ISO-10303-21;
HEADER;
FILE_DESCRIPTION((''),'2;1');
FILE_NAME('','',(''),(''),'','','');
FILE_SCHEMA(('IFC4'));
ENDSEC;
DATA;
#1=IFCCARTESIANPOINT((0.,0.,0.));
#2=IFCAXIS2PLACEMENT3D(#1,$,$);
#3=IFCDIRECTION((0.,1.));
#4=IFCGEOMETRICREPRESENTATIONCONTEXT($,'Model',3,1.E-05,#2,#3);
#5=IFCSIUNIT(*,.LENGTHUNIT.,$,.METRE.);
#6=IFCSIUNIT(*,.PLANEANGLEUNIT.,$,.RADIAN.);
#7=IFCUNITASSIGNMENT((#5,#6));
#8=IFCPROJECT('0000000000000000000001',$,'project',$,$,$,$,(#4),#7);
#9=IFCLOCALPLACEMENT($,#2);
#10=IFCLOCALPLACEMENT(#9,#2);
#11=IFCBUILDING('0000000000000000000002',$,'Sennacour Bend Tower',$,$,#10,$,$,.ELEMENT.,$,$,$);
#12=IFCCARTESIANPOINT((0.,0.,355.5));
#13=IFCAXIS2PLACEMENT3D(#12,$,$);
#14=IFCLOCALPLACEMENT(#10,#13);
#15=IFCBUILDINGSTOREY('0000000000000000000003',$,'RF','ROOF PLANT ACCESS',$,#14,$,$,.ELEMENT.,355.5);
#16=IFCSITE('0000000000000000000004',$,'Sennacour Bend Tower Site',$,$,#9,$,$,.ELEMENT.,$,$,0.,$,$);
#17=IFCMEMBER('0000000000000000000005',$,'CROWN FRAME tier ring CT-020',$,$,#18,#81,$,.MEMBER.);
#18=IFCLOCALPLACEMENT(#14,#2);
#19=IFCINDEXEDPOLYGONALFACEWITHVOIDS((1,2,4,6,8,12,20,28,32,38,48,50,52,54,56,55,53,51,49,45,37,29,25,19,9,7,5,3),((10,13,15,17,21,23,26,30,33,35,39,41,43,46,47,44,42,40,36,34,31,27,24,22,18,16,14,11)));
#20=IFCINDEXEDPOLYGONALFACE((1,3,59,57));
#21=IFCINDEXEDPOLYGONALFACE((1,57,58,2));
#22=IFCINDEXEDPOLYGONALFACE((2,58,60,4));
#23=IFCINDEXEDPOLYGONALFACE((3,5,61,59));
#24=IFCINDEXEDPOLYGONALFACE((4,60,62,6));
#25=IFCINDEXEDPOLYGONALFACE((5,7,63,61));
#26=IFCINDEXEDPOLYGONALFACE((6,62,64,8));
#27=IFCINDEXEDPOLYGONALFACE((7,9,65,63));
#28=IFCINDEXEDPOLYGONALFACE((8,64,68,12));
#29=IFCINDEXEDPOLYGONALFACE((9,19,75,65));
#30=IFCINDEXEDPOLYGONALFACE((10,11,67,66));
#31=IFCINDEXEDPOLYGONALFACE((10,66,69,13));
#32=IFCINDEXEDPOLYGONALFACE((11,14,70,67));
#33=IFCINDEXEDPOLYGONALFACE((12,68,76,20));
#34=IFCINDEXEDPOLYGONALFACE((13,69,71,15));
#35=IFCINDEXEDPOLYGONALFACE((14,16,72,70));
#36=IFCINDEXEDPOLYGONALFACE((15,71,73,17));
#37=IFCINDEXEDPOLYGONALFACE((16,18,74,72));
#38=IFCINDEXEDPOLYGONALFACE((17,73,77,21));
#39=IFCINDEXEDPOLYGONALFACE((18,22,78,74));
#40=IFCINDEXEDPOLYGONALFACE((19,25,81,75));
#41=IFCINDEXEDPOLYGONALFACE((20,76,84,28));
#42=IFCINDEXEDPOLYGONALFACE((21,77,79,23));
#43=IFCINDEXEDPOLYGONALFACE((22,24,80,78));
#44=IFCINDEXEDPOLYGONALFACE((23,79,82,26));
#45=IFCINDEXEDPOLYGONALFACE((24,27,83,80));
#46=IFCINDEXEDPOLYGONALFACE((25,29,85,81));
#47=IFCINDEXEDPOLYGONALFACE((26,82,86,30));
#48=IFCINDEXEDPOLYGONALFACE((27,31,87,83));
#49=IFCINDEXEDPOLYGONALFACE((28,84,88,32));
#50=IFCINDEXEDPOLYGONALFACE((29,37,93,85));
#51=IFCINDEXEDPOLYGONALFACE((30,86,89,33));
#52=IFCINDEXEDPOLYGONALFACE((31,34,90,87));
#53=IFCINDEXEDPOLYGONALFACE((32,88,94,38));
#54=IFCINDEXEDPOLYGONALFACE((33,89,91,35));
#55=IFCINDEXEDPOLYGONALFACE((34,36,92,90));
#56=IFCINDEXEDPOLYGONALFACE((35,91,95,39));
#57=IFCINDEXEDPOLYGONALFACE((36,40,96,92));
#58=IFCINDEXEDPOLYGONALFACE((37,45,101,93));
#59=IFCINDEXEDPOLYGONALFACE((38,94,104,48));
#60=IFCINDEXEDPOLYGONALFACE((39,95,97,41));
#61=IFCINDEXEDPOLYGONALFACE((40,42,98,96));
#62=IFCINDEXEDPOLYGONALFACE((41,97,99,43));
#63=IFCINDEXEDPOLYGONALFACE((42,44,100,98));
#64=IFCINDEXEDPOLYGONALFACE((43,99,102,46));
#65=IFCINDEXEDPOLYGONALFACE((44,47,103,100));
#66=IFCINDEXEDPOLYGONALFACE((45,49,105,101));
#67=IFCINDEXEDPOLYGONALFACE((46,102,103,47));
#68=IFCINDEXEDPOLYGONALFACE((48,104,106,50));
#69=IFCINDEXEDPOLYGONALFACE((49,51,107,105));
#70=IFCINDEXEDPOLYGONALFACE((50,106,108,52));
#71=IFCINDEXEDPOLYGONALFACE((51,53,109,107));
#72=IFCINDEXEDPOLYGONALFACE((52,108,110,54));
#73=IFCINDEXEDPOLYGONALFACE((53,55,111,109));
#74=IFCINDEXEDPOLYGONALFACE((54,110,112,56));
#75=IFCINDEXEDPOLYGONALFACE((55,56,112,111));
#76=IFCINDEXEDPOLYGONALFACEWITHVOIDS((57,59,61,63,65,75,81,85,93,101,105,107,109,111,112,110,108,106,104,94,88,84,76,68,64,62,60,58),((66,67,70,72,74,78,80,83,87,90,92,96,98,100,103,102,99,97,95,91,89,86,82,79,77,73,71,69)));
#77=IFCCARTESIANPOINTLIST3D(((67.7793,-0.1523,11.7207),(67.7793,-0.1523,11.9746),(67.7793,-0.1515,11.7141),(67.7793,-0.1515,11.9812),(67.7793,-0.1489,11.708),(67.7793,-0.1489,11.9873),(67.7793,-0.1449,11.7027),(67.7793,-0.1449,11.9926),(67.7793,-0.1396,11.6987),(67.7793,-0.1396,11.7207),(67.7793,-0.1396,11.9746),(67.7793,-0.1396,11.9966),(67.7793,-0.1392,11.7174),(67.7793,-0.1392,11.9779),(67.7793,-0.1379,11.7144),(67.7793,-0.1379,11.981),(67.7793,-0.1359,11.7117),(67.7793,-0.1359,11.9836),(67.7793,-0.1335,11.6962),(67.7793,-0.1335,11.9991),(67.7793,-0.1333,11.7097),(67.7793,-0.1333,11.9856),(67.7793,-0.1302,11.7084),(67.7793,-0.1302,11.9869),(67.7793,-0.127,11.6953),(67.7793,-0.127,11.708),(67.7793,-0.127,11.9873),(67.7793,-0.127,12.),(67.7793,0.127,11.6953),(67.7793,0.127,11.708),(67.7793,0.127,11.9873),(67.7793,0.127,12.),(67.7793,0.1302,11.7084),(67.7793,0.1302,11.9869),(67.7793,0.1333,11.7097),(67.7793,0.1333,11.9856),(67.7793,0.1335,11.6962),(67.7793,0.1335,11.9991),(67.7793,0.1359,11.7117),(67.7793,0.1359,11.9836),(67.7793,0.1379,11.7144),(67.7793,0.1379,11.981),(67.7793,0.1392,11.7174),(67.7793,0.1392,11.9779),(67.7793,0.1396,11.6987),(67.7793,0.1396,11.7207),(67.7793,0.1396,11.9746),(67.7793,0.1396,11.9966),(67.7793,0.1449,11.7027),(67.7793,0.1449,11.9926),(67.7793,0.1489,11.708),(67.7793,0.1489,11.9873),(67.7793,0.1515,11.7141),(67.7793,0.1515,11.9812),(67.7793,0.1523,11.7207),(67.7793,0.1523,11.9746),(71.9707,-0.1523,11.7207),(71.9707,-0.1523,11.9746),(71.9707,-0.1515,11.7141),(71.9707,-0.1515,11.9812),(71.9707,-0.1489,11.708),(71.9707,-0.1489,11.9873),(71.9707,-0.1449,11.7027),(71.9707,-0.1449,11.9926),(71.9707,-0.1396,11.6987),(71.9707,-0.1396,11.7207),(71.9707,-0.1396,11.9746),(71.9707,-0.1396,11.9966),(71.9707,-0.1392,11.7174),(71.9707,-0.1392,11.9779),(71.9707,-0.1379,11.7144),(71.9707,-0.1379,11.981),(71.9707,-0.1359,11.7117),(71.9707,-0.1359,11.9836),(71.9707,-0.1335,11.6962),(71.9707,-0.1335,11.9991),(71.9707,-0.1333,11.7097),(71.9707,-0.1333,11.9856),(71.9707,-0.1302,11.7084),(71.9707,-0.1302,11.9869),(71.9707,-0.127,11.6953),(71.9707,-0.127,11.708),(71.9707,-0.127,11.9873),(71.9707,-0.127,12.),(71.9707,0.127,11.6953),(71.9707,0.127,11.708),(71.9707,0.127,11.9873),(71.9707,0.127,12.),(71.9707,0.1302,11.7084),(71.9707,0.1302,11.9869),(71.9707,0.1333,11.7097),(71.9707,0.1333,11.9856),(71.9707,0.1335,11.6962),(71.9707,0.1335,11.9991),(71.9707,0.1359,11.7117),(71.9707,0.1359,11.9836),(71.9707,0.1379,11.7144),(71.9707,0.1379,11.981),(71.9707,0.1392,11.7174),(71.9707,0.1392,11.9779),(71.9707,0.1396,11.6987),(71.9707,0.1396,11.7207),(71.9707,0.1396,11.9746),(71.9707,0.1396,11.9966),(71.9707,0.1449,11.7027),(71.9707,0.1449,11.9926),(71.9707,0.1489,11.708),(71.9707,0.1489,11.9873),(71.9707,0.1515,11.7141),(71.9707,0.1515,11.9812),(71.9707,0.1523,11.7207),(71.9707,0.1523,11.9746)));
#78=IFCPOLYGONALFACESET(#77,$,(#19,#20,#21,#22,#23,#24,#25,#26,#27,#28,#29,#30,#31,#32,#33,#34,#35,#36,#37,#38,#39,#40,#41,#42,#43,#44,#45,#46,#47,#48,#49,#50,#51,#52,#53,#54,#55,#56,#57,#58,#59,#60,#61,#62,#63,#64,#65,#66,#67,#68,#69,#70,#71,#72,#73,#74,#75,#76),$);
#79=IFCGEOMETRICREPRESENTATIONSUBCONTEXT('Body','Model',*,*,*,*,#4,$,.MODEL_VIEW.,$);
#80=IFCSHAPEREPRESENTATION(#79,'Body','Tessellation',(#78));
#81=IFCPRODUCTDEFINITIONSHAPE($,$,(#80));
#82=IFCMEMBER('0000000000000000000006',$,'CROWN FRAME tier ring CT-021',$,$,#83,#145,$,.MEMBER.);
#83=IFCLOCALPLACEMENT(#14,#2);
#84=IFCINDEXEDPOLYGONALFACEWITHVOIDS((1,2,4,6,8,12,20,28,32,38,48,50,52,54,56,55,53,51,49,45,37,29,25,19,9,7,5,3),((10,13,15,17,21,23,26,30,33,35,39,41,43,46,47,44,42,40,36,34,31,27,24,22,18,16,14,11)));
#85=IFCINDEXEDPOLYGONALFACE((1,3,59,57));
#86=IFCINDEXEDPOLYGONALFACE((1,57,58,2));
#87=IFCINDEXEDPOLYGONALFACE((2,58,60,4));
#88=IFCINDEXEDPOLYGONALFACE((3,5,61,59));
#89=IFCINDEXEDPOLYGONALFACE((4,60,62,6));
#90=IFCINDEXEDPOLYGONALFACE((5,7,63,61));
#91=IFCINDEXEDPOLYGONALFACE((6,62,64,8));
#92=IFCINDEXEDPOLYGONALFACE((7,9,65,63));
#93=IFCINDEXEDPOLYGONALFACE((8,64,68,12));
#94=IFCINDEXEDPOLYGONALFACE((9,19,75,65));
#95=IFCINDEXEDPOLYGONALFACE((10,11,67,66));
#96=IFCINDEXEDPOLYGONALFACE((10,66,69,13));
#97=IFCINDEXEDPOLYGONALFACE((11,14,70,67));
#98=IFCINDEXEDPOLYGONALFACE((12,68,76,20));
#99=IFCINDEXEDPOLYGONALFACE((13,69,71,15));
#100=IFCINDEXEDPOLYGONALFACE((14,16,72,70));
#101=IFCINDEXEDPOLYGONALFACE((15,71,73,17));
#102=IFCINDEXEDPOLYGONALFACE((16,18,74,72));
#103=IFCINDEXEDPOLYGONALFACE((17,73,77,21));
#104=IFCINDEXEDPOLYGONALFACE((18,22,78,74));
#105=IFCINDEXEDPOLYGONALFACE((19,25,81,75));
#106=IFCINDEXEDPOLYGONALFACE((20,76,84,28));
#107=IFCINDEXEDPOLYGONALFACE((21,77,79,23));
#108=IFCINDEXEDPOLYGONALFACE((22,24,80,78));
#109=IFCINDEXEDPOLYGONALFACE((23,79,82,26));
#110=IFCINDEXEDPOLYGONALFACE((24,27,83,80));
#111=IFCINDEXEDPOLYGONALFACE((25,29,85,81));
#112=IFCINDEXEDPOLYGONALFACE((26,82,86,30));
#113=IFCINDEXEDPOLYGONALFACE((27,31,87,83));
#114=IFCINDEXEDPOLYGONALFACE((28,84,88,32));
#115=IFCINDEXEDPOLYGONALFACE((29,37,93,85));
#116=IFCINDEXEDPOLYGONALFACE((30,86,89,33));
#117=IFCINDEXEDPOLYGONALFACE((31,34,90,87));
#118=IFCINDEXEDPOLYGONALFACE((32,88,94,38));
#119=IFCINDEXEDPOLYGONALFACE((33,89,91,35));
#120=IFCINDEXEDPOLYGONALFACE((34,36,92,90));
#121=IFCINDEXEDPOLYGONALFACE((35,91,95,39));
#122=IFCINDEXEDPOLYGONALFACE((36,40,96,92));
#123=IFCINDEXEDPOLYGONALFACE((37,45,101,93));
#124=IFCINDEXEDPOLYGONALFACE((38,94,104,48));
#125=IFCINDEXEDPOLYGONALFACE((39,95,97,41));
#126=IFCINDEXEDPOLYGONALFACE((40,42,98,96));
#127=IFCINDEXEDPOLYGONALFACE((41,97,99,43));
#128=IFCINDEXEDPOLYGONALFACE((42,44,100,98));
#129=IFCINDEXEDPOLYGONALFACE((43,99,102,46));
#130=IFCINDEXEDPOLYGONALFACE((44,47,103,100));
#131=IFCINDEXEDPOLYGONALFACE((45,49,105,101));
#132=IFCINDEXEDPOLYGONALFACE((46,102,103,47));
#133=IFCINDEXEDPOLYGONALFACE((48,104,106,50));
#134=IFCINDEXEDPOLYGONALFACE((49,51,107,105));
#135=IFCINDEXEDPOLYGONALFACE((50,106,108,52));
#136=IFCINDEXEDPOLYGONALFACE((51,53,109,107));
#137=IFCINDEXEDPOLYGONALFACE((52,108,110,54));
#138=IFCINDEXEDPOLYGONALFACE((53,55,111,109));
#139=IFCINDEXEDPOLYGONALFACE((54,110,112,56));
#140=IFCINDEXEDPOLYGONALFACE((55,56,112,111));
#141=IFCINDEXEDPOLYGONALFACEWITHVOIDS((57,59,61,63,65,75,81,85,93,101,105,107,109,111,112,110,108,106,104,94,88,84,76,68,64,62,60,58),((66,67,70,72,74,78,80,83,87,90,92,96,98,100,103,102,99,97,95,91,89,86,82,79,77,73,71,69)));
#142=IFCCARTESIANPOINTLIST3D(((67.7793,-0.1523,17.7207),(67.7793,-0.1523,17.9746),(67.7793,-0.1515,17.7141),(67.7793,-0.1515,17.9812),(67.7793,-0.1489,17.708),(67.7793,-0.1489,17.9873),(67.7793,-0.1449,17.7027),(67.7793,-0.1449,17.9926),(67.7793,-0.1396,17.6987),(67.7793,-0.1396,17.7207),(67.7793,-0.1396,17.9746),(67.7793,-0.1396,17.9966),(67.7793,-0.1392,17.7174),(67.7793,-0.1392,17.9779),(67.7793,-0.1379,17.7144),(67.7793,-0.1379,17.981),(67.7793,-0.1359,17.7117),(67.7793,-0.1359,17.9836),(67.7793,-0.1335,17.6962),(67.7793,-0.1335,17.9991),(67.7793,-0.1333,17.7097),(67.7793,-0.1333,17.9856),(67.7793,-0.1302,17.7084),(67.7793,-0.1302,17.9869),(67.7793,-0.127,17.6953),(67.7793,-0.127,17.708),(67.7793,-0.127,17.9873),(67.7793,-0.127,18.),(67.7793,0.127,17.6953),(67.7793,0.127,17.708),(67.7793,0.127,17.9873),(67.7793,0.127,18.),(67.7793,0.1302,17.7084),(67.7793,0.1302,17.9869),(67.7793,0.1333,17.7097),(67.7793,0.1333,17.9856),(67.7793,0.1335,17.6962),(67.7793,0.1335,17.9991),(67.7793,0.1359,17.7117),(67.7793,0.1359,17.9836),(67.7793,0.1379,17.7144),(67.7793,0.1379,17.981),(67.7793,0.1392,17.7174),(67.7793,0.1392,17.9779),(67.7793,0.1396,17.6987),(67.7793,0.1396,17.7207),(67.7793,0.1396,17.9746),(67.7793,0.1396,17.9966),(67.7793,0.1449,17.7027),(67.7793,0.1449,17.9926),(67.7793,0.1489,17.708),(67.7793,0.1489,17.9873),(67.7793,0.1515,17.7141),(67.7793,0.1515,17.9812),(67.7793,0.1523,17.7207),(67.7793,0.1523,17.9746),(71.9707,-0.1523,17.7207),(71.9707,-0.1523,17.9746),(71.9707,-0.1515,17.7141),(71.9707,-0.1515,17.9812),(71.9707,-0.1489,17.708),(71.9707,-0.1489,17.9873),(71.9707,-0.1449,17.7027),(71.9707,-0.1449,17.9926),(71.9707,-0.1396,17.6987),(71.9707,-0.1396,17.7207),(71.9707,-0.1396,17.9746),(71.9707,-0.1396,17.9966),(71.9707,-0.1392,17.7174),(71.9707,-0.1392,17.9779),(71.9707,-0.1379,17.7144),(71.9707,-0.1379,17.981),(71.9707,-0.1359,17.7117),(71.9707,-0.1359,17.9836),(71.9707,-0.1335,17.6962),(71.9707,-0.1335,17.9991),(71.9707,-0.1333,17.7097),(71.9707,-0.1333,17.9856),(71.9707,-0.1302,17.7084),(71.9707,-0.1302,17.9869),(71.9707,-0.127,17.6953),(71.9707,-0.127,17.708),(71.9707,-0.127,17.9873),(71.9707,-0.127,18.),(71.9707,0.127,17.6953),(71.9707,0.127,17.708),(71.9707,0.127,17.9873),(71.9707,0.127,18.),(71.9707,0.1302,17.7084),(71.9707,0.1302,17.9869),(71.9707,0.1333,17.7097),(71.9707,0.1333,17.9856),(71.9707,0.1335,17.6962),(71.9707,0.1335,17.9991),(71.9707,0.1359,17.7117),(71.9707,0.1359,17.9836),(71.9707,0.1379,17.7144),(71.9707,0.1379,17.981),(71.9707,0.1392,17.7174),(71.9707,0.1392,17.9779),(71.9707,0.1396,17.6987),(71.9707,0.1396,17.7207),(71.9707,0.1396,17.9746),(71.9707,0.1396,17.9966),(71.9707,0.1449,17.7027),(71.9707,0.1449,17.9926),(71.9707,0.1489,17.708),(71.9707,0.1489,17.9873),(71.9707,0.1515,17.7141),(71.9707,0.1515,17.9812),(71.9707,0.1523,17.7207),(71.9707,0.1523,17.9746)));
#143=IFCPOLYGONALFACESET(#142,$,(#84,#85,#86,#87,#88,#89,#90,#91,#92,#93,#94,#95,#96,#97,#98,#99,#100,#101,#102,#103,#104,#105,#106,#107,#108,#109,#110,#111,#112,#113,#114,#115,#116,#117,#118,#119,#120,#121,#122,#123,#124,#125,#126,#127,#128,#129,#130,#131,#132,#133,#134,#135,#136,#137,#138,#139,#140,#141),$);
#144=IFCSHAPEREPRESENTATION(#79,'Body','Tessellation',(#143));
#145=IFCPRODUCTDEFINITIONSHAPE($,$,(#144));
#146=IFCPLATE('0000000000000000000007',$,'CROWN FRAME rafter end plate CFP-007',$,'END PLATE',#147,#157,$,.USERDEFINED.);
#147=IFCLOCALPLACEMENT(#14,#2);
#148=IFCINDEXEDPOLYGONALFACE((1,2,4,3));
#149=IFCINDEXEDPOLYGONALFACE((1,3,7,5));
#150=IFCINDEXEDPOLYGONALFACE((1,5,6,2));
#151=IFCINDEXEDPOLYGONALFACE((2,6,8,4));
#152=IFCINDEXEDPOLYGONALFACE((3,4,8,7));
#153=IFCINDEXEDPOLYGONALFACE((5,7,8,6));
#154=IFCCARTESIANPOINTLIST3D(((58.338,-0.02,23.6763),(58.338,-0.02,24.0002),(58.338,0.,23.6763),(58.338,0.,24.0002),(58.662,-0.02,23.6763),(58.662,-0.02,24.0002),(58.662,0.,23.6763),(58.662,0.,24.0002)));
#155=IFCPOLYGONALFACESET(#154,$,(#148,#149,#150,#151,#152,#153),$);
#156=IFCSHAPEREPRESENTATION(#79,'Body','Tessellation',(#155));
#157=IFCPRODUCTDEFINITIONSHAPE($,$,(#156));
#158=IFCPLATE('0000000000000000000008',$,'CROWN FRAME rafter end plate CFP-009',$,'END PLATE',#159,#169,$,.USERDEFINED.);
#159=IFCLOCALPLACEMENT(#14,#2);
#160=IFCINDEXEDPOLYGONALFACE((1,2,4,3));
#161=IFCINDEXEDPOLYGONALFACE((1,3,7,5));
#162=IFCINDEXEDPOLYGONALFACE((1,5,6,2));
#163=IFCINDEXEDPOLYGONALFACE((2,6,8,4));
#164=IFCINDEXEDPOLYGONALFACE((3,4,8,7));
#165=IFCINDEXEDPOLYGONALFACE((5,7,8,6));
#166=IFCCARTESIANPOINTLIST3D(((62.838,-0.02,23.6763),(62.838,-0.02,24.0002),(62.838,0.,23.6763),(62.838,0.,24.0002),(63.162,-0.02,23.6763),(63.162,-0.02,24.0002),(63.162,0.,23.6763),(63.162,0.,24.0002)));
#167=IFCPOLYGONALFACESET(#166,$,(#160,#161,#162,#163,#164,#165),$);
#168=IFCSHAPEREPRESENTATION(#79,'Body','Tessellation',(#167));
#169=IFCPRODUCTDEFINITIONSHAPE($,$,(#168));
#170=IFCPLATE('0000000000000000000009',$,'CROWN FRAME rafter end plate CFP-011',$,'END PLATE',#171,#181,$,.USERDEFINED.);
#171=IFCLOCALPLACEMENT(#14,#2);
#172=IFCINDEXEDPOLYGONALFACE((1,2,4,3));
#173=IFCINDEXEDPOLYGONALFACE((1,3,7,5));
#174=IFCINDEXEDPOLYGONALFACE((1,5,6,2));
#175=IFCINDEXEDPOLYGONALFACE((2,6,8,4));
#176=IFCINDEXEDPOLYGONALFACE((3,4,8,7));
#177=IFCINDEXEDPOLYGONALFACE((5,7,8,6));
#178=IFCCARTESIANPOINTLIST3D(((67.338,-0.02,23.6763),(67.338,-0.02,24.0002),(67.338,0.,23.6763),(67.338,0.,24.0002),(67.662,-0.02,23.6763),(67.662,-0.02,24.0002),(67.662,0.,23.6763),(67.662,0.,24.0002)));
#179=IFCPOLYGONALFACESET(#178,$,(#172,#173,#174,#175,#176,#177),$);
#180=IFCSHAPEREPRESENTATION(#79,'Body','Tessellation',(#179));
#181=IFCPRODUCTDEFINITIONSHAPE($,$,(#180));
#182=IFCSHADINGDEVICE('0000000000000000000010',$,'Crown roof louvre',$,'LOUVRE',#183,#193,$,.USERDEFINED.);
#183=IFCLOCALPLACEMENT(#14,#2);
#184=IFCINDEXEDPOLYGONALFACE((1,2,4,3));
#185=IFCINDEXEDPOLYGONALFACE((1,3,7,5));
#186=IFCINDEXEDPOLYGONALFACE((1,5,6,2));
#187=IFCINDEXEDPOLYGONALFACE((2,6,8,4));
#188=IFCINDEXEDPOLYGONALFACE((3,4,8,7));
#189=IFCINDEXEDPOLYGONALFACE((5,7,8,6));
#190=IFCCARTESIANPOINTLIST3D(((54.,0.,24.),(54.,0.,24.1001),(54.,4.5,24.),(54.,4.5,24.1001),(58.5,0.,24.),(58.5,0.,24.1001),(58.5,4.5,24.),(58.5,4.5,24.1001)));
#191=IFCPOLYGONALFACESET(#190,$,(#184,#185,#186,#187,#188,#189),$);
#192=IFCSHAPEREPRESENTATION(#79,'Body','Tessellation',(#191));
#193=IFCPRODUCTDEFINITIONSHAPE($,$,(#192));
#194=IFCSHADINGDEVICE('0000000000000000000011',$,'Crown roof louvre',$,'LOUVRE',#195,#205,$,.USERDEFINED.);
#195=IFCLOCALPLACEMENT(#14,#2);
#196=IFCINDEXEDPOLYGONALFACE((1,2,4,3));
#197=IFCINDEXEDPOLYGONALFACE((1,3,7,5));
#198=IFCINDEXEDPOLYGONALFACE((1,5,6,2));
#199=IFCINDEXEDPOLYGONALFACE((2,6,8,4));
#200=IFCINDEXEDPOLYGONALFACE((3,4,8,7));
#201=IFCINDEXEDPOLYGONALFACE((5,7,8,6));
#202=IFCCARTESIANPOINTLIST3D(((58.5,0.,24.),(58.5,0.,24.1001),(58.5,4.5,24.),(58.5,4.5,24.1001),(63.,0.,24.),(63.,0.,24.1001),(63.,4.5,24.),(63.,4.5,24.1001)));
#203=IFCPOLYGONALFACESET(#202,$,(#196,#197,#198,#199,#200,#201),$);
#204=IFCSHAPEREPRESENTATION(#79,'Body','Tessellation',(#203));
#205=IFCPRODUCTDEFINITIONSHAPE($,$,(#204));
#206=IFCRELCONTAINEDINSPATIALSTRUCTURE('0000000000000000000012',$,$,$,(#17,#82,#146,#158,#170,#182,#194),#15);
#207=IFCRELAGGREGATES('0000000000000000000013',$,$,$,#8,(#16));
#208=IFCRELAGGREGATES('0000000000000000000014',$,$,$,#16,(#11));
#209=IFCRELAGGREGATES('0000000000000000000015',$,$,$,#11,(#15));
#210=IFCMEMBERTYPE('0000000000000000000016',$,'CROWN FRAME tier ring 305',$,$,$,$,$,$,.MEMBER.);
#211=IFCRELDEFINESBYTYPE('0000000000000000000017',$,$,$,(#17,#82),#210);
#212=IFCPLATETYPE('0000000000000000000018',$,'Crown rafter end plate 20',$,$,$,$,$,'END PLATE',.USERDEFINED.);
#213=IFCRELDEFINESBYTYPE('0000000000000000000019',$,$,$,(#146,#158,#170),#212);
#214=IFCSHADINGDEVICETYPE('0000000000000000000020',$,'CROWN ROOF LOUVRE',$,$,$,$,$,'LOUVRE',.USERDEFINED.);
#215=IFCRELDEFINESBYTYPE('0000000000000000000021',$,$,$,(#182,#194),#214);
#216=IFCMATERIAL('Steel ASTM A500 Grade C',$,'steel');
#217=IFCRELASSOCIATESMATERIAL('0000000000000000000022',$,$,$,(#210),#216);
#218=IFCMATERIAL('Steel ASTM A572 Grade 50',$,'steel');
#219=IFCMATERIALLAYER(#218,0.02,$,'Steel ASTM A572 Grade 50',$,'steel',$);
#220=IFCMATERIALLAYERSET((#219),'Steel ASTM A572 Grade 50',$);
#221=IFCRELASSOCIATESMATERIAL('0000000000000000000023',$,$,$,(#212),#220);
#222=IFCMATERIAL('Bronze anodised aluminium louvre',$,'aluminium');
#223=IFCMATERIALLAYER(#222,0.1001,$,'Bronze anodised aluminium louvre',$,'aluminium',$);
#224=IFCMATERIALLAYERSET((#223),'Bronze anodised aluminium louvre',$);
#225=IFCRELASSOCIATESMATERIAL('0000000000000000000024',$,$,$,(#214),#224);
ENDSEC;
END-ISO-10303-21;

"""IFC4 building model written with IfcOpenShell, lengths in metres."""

from ifc_helpers import new_model, si_unit, direction, frame, origin, origin_2d, place, context, subcontext, project, spatial, rectangle, hollow_rectangle, extrude, material, layer, layer_set, material_profile, profile_set, type_object, element, save


model = new_model("IFC4")

# Units and contexts
model_context = context("Model", 3, precision=1e-05, world=origin(), true_north=direction((0.0, 1.0)))
body_context = subcontext(model_context, "Body", "Model", "MODEL_VIEW")
ifc_project = project(units=[si_unit("LENGTHUNIT", "METRE"), si_unit("PLANEANGLEUNIT", "RADIAN")], contexts=[model_context])

# Site, building, storey
site_placement = place(None, origin())
site = spatial("IfcSite", under=ifc_project, at=site_placement, Name="Sennacour Bend Tower Site", CompositionType="ELEMENT", RefElevation=0.0)
building_placement = place(site_placement, origin())
building = spatial("IfcBuilding", under=site, at=building_placement, Name="Sennacour Bend Tower", CompositionType="ELEMENT")
storey_placement = place(building_placement, frame((0.0, 0.0, 355.5)))
storey = spatial("IfcBuildingStorey", under=building, at=storey_placement, Name="RF", Description="ROOF PLANT ACCESS", CompositionType="ELEMENT", Elevation=355.5)

# Shared definitions
ifc_material_1 = material(Name="Steel ASTM A500 Grade C", Category="steel")

# Members
ifc_material_profile_1 = material_profile(ifc_material_1, hollow_rectangle(XDim=0.3047, YDim=0.3047, WallThickness=0.0127, InnerFilletRadius=0.0127, OuterFilletRadius=0.0254, at=origin_2d()), Name="Steel ASTM A500 Grade C", Category="steel")
ifc_profile_set_1 = profile_set([ifc_material_profile_1], Name="Steel ASTM A500 Grade C")
member_type_1 = type_object("IfcMemberType", Name="CROWN FRAME tier ring 305", PredefinedType="MEMBER", material=ifc_profile_set_1)
for number, where, z_axis, x_axis, name in (
    (1, (67.7793, 0.0, 11.8477), (1.0, 0.0, 0.0), (0.0, 1.0, 0.0), "CROWN FRAME tier ring CT-020"),
    (2, (67.7793, 0.0, 17.8477), (1.0, 0.0, 0.0), (0.0, 1.0, 0.0), "CROWN FRAME tier ring CT-021"),
):
    element("IfcMember", number, at=place(storey_placement, frame(where, z_axis=z_axis, x_axis=x_axis)), inside=storey, type_object=member_type_1, Name=name, PredefinedType="MEMBER", context=body_context, shape_type="SweptSolid", body=[
        extrude(hollow_rectangle(XDim=0.3047, YDim=0.3047, WallThickness=0.0127, InnerFilletRadius=0.0127, OuterFilletRadius=0.0254, at=origin_2d()), origin(), (0.0, 0.0, 1.0), 4.1914),
    ])

# Plates
ifc_material_2 = material(Name="Steel ASTM A572 Grade 50", Category="steel")
ifc_layer_1 = layer(ifc_material_2, 0.02, Name="Steel ASTM A572 Grade 50", Category="steel")
ifc_layer_set_1 = layer_set([ifc_layer_1], Name="Steel ASTM A572 Grade 50")
plate_type = type_object("IfcPlateType", Name="Crown rafter end plate 20", ElementType="END PLATE", PredefinedType="USERDEFINED", material=ifc_layer_set_1)
for number, where, z_axis, x_axis, name in (
    (3, (58.5, -0.01, 23.6763), (0.0, 0.0, 1.0), (1.0, 0.0, 0.0), "CROWN FRAME rafter end plate CFP-007"),
    (4, (63.0, -0.01, 23.6763), (0.0, 0.0, 1.0), (1.0, 0.0, 0.0), "CROWN FRAME rafter end plate CFP-009"),
    (5, (67.5, -0.01, 23.6763), (0.0, 0.0, 1.0), (1.0, 0.0, 0.0), "CROWN FRAME rafter end plate CFP-011"),
):
    element("IfcPlate", number, at=place(storey_placement, frame(where, z_axis=z_axis, x_axis=x_axis)), inside=storey, type_object=plate_type, Name=name, ObjectType="END PLATE", PredefinedType="USERDEFINED", context=body_context, shape_type="SweptSolid", body=[
        extrude(rectangle(XDim=0.324, YDim=0.02, at=origin_2d()), origin(), (0.0, 0.0, 1.0), 0.324),
    ])

# Shading devices
ifc_material_3 = material(Name="Bronze anodised aluminium louvre", Category="aluminium")
ifc_layer_2 = layer(ifc_material_3, 0.1001, Name="Bronze anodised aluminium louvre", Category="aluminium")
ifc_layer_set_2 = layer_set([ifc_layer_2], Name="Bronze anodised aluminium louvre")
shading_device_type_1 = type_object("IfcShadingDeviceType", Name="CROWN ROOF LOUVRE", ElementType="LOUVRE", PredefinedType="USERDEFINED", material=ifc_layer_set_2)
for number, where, z_axis, x_axis, name in (
    (6, (56.25, 2.25, 24.0), (0.0, 0.0, 1.0), (1.0, 0.0, 0.0), "Crown roof louvre"),
    (7, (60.75, 2.25, 24.0), (0.0, 0.0, 1.0), (1.0, 0.0, 0.0), "Crown roof louvre"),
):
    element("IfcShadingDevice", number, at=place(storey_placement, frame(where, z_axis=z_axis, x_axis=x_axis)), inside=storey, type_object=shading_device_type_1, Name=name, ObjectType="LOUVRE", PredefinedType="USERDEFINED", context=body_context, shape_type="SweptSolid", body=[
        extrude(rectangle(XDim=4.5, YDim=4.5, at=origin_2d()), origin(), (0.0, 0.0, 1.0), 0.1001),
    ])

save(model, "model.ifc")
